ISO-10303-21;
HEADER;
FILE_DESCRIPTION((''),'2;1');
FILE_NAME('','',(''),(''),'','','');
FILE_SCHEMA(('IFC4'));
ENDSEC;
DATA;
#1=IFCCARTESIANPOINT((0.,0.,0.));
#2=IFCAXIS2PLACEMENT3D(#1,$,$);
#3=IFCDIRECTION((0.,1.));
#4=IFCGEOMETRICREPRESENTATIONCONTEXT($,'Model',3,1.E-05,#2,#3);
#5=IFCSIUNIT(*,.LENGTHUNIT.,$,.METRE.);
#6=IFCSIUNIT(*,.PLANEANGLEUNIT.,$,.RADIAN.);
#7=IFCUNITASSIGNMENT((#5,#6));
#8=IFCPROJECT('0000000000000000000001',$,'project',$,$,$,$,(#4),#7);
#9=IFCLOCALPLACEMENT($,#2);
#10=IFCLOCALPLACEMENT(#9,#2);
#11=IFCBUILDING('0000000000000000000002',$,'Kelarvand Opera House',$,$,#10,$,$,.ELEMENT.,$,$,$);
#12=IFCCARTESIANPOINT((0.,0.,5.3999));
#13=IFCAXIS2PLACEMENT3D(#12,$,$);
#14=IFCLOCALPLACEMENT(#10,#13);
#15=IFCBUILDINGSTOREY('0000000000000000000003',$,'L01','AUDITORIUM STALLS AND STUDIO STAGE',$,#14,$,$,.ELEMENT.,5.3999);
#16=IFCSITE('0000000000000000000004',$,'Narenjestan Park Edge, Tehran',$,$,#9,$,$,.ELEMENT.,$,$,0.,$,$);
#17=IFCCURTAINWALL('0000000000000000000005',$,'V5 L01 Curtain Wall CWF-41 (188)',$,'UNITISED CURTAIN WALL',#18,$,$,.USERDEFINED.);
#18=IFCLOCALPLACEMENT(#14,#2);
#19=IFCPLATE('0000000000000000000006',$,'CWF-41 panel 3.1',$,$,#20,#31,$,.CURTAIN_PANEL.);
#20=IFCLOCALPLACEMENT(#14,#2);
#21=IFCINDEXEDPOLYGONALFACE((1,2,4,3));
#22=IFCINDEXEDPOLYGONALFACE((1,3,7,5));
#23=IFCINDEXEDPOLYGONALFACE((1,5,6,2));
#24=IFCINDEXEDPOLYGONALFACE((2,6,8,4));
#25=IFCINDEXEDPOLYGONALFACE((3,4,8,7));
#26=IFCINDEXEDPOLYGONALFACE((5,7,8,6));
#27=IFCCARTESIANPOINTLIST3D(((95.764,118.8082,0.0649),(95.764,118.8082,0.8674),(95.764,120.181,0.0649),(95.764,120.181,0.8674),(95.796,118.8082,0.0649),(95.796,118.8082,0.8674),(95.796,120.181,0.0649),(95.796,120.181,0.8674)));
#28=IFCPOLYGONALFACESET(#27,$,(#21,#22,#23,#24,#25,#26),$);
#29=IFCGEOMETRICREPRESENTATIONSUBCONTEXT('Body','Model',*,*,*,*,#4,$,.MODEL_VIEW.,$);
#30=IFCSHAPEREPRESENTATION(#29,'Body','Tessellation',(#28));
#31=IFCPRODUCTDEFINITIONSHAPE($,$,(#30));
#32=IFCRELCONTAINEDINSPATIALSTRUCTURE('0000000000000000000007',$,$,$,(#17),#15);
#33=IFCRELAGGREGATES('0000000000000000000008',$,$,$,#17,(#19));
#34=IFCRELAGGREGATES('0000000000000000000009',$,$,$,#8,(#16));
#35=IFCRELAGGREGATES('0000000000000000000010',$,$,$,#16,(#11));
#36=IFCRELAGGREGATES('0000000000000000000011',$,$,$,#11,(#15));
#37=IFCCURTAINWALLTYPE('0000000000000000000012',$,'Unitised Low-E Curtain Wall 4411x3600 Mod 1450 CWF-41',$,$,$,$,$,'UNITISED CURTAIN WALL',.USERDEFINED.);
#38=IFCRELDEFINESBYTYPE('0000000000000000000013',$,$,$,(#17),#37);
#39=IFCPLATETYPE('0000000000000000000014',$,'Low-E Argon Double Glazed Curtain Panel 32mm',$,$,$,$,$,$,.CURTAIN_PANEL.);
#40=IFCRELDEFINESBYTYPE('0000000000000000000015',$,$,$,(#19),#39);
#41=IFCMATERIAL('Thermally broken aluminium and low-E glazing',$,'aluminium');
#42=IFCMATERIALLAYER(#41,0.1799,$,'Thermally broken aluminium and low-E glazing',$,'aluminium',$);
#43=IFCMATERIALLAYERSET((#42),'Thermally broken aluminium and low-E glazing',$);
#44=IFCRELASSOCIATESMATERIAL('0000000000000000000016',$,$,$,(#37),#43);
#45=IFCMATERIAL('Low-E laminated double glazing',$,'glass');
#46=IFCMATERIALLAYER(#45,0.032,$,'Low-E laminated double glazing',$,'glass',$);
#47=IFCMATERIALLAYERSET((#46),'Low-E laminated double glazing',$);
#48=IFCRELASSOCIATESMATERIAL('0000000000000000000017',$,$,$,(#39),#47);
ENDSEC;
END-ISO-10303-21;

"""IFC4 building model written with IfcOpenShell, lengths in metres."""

from ifc_helpers import new_model, si_unit, direction, frame, origin, origin_2d, place, context, subcontext, project, spatial, rectangle, extrude, material, layer, layer_set, type_object, element, aggregate, save


model = new_model("IFC4")

# Units and contexts
model_context = context("Model", 3, precision=1e-05, world=origin(), true_north=direction((0.0, 1.0)))
body_context = subcontext(model_context, "Body", "Model", "MODEL_VIEW")
ifc_project = project(units=[si_unit("LENGTHUNIT", "METRE"), si_unit("PLANEANGLEUNIT", "RADIAN")], contexts=[model_context])

# Site, building, storey
site_placement = place(None, origin())
site = spatial("IfcSite", under=ifc_project, at=site_placement, Name="Narenjestan Park Edge, Tehran", CompositionType="ELEMENT", RefElevation=0.0)
building_placement = place(site_placement, origin())
building = spatial("IfcBuilding", under=site, at=building_placement, Name="Kelarvand Opera House", CompositionType="ELEMENT")
storey_placement = place(building_placement, frame((0.0, 0.0, 5.3999)))
storey = spatial("IfcBuildingStorey", under=building, at=storey_placement, Name="L01", Description="AUDITORIUM STALLS AND STUDIO STAGE", CompositionType="ELEMENT", Elevation=5.3999)

# Shared definitions
ifc_material_1 = material(Name="Thermally broken aluminium and low-E glazing", Category="aluminium")
ifc_layer_1 = layer(ifc_material_1, 0.1799, Name="Thermally broken aluminium and low-E glazing", Category="aluminium")
ifc_layer_set_1 = layer_set([ifc_layer_1], Name="Thermally broken aluminium and low-E glazing")
curtain_wall_type = type_object("IfcCurtainWallType", Name="Unitised Low-E Curtain Wall 4411x3600 Mod 1450 CWF-41", ElementType="UNITISED CURTAIN WALL", PredefinedType="USERDEFINED", material=ifc_layer_set_1)

# Curtain wall
curtain_wall_1_placement = place(storey_placement, origin())
curtain_wall_1 = element("IfcCurtainWall", 1, at=curtain_wall_1_placement, inside=storey, type_object=curtain_wall_type, Name="V5 L01 Curtain Wall CWF-41 (188)", ObjectType="UNITISED CURTAIN WALL", PredefinedType="USERDEFINED")

# Plate
ifc_material_2 = material(Name="Low-E laminated double glazing", Category="glass")
ifc_layer_2 = layer(ifc_material_2, 0.032, Name="Low-E laminated double glazing", Category="glass")
ifc_layer_set_2 = layer_set([ifc_layer_2], Name="Low-E laminated double glazing")
plate_type = type_object("IfcPlateType", Name="Low-E Argon Double Glazed Curtain Panel 32mm", PredefinedType="CURTAIN_PANEL", material=ifc_layer_set_2)
plate_1_placement = place(storey_placement, frame((95.78, 119.4946, 0.0649), z_axis=(0.0, 0.0, 1.0), x_axis=(0.0, 1.0, 0.0)))
plate_1 = element("IfcPlate", 2, at=plate_1_placement, type_object=plate_type, Name="CWF-41 panel 3.1", PredefinedType="CURTAIN_PANEL", context=body_context, shape_type="SweptSolid", body=[
    extrude(rectangle(XDim=1.3728, YDim=0.032, at=origin_2d()), origin(), (0.0, 0.0, 1.0), 0.8025),
])
aggregate(curtain_wall_1, [plate_1])

save(model, "model.ifc")
